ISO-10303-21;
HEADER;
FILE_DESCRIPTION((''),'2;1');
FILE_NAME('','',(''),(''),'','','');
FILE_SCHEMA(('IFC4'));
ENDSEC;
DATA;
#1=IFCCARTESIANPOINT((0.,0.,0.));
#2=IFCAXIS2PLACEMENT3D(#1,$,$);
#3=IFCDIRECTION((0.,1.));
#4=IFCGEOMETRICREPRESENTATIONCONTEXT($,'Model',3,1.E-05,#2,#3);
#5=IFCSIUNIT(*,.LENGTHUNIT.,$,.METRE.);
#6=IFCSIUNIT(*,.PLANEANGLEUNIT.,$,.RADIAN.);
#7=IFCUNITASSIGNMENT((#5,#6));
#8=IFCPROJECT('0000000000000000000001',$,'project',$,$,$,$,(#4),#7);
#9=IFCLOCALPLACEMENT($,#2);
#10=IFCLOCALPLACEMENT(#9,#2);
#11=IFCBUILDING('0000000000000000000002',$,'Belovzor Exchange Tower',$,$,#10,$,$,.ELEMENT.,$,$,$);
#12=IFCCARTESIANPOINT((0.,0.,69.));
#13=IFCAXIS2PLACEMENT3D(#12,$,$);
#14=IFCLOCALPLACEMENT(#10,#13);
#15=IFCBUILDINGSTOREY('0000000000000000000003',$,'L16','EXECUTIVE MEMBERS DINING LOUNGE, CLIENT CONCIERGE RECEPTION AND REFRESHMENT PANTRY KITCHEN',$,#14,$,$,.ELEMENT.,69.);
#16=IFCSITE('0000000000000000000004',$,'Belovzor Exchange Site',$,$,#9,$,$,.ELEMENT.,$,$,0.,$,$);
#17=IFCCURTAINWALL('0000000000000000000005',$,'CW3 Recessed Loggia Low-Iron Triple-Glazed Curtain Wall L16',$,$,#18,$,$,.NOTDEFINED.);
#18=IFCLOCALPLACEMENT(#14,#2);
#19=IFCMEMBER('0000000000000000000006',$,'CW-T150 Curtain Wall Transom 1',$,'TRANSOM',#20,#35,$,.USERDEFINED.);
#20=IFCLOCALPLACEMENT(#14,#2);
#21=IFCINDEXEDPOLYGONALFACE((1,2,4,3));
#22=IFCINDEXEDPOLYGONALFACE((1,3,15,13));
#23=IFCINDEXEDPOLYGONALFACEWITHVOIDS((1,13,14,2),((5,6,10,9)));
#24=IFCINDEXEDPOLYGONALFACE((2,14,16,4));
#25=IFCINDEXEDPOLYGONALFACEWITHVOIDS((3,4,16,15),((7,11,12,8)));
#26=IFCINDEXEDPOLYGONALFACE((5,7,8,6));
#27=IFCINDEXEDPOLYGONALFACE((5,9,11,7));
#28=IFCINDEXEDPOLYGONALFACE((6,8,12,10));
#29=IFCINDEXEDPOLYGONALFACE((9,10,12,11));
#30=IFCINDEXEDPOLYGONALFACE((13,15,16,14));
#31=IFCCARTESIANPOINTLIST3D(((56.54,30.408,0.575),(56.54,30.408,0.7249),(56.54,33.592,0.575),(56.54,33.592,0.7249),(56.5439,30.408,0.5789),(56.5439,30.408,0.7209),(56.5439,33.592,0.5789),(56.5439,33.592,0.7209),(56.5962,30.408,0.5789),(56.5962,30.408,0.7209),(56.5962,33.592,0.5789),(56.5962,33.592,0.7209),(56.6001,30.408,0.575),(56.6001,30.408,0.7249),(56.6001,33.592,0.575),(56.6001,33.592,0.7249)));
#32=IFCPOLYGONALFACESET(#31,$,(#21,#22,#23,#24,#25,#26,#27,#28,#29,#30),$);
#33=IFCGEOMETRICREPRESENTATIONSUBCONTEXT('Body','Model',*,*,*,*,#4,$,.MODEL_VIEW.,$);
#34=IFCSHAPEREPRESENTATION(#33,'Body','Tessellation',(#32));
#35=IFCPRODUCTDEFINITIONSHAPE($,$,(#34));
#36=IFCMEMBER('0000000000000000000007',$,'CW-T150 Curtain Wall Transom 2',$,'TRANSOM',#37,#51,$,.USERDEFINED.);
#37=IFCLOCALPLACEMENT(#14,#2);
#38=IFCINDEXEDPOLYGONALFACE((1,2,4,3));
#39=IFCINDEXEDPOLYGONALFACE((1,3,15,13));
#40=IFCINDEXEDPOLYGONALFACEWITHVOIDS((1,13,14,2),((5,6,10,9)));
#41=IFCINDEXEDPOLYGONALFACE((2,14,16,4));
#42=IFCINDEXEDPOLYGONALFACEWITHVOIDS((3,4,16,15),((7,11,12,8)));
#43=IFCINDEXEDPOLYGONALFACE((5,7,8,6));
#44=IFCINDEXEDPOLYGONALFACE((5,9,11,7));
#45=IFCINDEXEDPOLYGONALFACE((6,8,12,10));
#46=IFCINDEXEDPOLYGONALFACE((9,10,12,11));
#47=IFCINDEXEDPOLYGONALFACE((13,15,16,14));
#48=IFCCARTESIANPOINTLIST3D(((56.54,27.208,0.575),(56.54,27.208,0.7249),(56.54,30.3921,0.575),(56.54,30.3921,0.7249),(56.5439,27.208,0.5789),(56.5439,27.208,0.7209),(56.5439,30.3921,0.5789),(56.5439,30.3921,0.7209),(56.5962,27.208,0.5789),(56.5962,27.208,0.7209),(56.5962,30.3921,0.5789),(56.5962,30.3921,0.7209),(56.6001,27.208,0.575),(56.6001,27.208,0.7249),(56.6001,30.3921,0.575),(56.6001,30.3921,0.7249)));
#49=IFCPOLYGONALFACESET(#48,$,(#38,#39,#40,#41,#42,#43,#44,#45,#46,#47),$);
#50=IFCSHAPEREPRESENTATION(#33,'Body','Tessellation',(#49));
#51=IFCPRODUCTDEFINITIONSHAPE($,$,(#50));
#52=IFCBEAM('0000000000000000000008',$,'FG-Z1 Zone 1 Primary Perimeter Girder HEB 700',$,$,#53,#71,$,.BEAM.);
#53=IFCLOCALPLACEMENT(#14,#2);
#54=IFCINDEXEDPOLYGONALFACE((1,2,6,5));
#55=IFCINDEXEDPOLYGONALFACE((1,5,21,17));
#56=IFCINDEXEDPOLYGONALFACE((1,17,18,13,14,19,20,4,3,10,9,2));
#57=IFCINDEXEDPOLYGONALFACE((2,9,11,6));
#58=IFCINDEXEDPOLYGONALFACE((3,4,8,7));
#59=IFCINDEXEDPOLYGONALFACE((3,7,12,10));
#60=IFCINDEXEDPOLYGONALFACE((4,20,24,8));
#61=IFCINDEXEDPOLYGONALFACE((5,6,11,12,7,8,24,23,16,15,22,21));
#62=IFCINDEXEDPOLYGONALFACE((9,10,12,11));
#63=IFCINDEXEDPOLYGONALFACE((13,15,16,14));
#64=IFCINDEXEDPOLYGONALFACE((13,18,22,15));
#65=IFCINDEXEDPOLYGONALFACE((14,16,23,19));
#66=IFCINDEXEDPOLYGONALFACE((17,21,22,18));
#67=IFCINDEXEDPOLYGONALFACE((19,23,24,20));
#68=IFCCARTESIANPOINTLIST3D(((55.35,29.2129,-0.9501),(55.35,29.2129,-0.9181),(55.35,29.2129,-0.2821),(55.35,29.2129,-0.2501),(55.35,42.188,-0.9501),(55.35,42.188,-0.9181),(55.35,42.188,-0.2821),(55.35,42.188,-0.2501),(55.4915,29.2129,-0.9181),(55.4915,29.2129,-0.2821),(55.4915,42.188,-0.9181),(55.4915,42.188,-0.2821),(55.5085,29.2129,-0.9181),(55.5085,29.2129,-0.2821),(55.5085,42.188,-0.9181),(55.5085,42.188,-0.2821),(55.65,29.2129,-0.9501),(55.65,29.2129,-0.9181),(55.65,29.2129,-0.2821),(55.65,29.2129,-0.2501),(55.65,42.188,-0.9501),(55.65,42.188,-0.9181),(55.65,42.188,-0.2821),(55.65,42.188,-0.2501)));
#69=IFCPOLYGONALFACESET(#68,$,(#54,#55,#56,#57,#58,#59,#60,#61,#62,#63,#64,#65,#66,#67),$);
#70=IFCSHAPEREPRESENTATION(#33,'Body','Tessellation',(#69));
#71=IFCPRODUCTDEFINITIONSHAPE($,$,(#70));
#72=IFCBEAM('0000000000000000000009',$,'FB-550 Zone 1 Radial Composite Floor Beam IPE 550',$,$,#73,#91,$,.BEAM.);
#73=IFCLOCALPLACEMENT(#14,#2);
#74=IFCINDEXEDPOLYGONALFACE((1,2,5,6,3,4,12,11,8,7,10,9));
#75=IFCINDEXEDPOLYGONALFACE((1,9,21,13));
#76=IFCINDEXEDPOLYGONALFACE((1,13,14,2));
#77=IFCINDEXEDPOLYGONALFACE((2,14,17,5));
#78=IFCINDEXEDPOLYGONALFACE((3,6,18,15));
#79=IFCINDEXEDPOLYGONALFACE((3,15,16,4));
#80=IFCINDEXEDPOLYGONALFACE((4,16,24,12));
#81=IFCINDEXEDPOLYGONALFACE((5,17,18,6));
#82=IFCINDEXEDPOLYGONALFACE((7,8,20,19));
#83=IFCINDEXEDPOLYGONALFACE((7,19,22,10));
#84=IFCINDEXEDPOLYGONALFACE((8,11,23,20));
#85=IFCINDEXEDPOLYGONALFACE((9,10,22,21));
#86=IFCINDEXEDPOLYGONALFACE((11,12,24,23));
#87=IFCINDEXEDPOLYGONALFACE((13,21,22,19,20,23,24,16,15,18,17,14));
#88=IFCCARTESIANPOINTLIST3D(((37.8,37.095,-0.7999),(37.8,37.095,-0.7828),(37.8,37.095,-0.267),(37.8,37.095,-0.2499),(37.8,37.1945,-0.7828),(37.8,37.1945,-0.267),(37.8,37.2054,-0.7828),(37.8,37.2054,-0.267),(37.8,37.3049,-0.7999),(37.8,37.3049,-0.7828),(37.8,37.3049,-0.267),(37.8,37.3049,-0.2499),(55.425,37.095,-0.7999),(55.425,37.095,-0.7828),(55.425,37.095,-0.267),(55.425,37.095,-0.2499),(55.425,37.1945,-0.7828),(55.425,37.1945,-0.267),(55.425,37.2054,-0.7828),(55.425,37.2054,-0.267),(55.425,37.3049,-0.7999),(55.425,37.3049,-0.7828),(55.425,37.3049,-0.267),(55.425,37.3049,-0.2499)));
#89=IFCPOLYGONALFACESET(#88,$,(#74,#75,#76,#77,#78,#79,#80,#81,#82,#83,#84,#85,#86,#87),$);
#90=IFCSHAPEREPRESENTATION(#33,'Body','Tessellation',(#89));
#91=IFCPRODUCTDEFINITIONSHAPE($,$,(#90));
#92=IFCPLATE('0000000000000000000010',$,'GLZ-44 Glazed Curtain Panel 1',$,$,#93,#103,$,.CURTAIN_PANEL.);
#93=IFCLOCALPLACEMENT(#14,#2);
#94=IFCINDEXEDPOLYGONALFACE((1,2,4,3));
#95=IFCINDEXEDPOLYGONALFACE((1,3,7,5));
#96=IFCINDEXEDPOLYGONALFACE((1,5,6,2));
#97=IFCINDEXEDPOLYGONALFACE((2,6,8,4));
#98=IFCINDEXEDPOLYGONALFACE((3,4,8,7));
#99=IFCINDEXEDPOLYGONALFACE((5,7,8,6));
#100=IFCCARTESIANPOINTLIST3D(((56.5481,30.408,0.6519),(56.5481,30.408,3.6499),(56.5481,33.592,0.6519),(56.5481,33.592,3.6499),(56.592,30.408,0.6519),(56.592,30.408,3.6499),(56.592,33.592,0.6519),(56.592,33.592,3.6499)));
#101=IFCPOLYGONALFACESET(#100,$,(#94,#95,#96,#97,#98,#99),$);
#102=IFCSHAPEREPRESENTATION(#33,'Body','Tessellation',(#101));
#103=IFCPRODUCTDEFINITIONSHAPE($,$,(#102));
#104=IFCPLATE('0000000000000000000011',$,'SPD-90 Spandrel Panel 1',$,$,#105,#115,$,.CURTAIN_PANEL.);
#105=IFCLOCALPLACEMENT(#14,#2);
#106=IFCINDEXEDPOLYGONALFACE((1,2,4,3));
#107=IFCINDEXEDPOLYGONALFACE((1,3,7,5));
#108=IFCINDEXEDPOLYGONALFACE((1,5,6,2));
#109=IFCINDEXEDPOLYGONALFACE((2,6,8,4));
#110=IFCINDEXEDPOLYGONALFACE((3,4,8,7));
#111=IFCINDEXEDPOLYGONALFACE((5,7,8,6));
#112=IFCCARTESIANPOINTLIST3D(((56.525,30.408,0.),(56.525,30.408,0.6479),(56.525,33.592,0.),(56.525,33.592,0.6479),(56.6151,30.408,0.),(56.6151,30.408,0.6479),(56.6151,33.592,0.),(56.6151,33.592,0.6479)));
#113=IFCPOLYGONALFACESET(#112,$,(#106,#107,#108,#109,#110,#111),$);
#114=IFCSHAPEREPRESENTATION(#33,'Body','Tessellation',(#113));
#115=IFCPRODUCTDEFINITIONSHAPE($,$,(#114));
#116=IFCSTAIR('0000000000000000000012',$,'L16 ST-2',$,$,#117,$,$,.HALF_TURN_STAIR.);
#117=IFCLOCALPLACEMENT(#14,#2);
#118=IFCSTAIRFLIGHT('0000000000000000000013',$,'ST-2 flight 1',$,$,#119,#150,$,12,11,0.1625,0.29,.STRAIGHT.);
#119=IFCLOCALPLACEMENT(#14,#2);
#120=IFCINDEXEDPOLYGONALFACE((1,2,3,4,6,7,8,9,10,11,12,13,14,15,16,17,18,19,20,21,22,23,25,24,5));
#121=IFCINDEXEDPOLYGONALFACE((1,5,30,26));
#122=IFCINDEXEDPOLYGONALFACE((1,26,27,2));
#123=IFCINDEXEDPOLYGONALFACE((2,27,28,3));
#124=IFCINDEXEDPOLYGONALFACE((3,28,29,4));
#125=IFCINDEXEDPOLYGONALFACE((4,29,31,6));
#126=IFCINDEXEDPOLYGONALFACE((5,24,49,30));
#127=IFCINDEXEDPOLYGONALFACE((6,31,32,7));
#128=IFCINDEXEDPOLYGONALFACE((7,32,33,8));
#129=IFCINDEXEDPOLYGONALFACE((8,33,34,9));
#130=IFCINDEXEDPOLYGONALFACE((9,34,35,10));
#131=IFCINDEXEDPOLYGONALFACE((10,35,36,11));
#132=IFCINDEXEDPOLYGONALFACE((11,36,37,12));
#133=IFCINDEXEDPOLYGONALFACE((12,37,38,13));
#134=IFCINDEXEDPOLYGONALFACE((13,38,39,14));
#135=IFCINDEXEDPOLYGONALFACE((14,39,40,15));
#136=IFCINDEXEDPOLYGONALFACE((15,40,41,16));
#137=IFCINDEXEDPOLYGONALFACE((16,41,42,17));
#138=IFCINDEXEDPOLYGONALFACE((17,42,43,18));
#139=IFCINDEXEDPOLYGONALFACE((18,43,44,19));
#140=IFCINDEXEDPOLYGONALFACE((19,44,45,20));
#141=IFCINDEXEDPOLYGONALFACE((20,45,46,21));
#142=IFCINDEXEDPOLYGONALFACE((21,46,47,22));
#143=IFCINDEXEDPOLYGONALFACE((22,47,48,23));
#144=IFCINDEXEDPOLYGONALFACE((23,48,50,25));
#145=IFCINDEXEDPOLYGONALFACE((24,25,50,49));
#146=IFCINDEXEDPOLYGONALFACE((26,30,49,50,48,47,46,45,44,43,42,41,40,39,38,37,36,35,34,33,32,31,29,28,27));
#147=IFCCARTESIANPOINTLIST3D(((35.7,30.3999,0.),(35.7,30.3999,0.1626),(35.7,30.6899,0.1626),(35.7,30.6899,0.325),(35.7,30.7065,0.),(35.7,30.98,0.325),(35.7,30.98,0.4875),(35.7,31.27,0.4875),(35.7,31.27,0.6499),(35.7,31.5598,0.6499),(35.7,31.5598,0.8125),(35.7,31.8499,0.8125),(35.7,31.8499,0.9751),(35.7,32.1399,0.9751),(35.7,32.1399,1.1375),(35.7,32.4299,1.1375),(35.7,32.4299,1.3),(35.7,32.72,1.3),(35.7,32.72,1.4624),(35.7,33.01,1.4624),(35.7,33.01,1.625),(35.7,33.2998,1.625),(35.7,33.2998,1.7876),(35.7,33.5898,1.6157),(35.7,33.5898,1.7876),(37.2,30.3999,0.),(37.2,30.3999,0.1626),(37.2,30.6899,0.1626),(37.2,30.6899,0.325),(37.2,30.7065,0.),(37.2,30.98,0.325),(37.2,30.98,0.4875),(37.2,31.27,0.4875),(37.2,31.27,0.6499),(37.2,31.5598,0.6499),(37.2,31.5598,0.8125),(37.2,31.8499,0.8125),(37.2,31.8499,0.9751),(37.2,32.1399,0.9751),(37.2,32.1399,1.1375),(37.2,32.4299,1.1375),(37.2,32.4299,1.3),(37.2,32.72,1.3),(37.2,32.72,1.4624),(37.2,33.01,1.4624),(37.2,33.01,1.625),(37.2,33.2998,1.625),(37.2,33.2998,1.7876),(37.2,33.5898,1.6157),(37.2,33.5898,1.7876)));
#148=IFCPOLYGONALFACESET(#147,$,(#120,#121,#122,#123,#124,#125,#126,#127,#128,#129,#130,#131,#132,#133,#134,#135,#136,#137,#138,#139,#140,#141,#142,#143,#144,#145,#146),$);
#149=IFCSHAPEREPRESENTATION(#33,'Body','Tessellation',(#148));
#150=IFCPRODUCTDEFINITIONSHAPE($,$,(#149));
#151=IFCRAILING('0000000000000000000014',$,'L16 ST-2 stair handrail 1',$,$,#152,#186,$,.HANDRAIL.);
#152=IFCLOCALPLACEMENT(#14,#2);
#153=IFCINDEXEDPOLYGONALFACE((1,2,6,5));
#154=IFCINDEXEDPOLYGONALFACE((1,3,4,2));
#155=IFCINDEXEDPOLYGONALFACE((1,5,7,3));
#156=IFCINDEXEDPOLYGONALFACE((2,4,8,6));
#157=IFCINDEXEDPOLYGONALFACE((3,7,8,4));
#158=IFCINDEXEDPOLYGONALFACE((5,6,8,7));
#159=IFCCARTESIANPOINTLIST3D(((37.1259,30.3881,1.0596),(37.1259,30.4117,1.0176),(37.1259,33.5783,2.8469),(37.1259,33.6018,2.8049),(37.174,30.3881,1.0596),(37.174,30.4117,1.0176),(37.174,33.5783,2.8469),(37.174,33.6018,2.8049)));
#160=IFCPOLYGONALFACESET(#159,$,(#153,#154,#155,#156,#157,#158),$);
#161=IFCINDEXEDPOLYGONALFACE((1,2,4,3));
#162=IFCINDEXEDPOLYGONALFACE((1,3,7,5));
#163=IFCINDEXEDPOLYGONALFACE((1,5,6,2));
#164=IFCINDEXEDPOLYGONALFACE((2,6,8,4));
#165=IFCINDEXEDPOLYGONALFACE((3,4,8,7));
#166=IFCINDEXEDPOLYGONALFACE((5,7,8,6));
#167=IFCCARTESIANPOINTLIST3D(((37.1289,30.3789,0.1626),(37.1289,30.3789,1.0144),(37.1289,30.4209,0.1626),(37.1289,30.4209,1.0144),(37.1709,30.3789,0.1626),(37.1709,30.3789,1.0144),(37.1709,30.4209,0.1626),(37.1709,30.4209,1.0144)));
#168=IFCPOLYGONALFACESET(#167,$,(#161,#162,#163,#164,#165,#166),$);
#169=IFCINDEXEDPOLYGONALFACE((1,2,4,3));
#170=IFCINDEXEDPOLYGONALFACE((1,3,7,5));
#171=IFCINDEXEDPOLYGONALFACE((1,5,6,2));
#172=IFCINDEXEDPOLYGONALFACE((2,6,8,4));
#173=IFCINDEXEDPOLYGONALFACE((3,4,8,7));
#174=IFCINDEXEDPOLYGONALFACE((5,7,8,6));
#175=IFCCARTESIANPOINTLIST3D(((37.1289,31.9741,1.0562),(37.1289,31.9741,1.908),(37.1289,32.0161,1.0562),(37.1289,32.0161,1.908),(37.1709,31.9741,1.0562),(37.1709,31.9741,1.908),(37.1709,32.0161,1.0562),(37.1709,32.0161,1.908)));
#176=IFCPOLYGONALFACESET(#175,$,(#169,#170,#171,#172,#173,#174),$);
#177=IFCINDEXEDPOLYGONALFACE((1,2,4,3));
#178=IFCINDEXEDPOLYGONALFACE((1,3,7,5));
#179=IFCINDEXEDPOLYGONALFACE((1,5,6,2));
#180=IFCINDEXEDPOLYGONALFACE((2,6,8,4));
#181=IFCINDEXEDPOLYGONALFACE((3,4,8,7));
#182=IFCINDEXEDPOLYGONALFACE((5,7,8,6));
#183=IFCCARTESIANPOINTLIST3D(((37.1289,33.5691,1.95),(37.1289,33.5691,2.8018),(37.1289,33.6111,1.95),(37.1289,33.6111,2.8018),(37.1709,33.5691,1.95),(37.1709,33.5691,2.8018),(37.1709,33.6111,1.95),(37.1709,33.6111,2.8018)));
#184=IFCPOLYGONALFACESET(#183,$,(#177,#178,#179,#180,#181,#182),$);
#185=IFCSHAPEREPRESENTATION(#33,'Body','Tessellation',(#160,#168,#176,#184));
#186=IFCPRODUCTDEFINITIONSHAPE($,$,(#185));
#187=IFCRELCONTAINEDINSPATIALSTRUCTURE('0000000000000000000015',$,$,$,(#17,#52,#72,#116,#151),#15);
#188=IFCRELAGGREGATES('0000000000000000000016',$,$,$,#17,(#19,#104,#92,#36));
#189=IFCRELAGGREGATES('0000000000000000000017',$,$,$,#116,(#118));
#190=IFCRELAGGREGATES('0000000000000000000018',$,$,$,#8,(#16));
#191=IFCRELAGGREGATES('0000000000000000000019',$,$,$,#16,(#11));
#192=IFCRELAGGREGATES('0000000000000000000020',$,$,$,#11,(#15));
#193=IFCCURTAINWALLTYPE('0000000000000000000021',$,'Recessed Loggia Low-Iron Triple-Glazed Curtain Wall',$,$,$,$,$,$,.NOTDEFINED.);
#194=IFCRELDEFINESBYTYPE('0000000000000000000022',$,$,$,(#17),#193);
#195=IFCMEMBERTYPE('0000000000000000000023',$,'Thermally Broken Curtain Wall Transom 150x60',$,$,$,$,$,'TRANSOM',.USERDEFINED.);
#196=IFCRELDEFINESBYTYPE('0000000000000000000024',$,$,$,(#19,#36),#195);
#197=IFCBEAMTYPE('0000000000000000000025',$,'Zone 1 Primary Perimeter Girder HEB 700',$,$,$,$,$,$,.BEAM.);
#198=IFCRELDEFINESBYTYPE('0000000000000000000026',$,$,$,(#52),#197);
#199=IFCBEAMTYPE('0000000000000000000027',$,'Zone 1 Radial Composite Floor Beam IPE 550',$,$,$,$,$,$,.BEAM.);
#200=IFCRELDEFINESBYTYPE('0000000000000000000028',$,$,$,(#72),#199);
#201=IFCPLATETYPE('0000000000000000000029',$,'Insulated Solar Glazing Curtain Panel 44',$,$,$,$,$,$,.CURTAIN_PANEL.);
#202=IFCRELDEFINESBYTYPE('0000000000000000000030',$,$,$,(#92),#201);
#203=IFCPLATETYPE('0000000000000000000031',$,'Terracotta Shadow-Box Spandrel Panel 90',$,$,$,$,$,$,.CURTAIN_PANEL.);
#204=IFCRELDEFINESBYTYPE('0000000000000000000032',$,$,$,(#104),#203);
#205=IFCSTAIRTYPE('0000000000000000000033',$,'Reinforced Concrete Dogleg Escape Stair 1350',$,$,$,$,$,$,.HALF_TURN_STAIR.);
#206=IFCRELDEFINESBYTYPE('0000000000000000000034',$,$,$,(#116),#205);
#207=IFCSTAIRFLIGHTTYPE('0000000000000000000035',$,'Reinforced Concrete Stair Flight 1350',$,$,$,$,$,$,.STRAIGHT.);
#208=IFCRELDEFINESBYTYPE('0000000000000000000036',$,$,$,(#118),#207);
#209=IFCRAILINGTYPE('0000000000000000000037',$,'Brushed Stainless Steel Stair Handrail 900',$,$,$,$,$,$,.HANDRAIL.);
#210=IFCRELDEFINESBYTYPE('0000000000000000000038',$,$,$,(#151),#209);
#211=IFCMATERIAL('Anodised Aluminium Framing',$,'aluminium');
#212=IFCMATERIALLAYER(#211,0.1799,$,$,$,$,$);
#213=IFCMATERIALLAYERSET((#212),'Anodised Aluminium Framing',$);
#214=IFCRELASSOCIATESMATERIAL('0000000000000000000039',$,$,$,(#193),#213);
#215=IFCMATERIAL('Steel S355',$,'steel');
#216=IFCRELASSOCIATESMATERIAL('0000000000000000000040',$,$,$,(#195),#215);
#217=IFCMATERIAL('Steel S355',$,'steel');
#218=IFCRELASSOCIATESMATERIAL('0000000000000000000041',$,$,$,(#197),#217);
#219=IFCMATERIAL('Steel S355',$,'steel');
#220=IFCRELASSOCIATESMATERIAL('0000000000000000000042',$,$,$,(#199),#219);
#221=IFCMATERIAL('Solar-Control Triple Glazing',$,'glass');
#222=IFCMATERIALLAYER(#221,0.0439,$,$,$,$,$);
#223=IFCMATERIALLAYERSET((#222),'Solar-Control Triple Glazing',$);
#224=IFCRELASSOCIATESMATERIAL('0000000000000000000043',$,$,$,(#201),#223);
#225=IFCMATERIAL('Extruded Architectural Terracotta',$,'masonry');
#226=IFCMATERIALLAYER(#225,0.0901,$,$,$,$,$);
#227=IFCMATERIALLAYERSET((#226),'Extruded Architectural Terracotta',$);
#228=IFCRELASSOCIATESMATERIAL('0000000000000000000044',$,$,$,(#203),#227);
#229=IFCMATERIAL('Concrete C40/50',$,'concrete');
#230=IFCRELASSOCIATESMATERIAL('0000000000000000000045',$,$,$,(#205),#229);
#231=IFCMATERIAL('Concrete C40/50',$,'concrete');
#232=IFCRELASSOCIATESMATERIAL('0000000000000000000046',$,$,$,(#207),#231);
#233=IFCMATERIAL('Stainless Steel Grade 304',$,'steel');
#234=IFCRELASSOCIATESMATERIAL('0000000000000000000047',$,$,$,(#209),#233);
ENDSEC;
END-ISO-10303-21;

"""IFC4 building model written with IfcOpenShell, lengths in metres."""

from ifc_helpers import new_model, si_unit, direction, frame, origin, origin_2d, place, context, subcontext, project, spatial, polyline, rectangle, hollow_rectangle, i_section, outline, extrude, material, layer, layer_set, material_profile, profile_set, type_object, element, aggregate, save


model = new_model("IFC4")

# Units and contexts
model_context = context("Model", 3, precision=1e-05, world=origin(), true_north=direction((0.0, 1.0)))
body_context = subcontext(model_context, "Body", "Model", "MODEL_VIEW")
ifc_project = project(units=[si_unit("LENGTHUNIT", "METRE"), si_unit("PLANEANGLEUNIT", "RADIAN")], contexts=[model_context])

# Site, building, storey
site_placement = place(None, origin())
site = spatial("IfcSite", under=ifc_project, at=site_placement, Name="Belovzor Exchange Site", CompositionType="ELEMENT", RefElevation=0.0)
building_placement = place(site_placement, origin())
building = spatial("IfcBuilding", under=site, at=building_placement, Name="Belovzor Exchange Tower", CompositionType="ELEMENT")
storey_placement = place(building_placement, frame((0.0, 0.0, 69.0)))
storey = spatial("IfcBuildingStorey", under=building, at=storey_placement, Name="L16", Description="EXECUTIVE MEMBERS DINING LOUNGE, CLIENT CONCIERGE RECEPTION AND REFRESHMENT PANTRY KITCHEN", CompositionType="ELEMENT", Elevation=69.0)

# Curtain wall, members
ifc_material_1 = material(Name="Anodised Aluminium Framing", Category="aluminium")
ifc_layer_1 = layer(ifc_material_1, 0.1799)
ifc_layer_set_1 = layer_set([ifc_layer_1], Name="Anodised Aluminium Framing")
curtain_wall_type = type_object("IfcCurtainWallType", Name="Recessed Loggia Low-Iron Triple-Glazed Curtain Wall", PredefinedType="NOTDEFINED", material=ifc_layer_set_1)
curtain_wall_placement = place(storey_placement, origin())
curtain_wall = element("IfcCurtainWall", 1, at=curtain_wall_placement, inside=storey, type_object=curtain_wall_type, Name="CW3 Recessed Loggia Low-Iron Triple-Glazed Curtain Wall L16", PredefinedType="NOTDEFINED")
ifc_material_2 = material(Name="Steel S355", Category="steel")
ifc_material_profile_1 = material_profile(ifc_material_2, hollow_rectangle(XDim=0.0601, YDim=0.1499, WallThickness=0.0039, at=origin_2d()))
ifc_profile_set_1 = profile_set([ifc_material_profile_1], Name="Steel S355")
member_type_1 = type_object("IfcMemberType", Name="Thermally Broken Curtain Wall Transom 150x60", ElementType="TRANSOM", PredefinedType="USERDEFINED", material=ifc_profile_set_1)
member_1_placement = place(storey_placement, frame((56.5701, 33.592, 0.6499), z_axis=(0.0, -1.0, 0.0), x_axis=(1.0, 0.0, 0.0)))
member_1 = element("IfcMember", 2, at=member_1_placement, type_object=member_type_1, Name="CW-T150 Curtain Wall Transom 1", ObjectType="TRANSOM", PredefinedType="USERDEFINED", context=body_context, shape_type="SweptSolid", body=[
    extrude(hollow_rectangle(XDim=0.0601, YDim=0.1499, WallThickness=0.0039, at=origin_2d()), origin(), (0.0, 0.0, 1.0), 3.1841),
])
member_2_placement = place(storey_placement, frame((56.5701, 30.3921, 0.6499), z_axis=(0.0, -1.0, 0.0), x_axis=(1.0, 0.0, 0.0)))
member_2 = element("IfcMember", 3, at=member_2_placement, type_object=member_type_1, Name="CW-T150 Curtain Wall Transom 2", ObjectType="TRANSOM", PredefinedType="USERDEFINED", context=body_context, shape_type="SweptSolid", body=[
    extrude(hollow_rectangle(XDim=0.0601, YDim=0.1499, WallThickness=0.0039, at=origin_2d()), origin(), (0.0, 0.0, 1.0), 3.1841),
])

# Beams
ifc_material_3 = material(Name="Steel S355", Category="steel")
ifc_material_profile_2 = material_profile(ifc_material_3, i_section(OverallWidth=0.3, OverallDepth=0.7, WebThickness=0.0171, FlangeThickness=0.032, at=origin_2d()))
ifc_profile_set_2 = profile_set([ifc_material_profile_2], Name="Steel S355")
beam_type_1 = type_object("IfcBeamType", Name="Zone 1 Primary Perimeter Girder HEB 700", PredefinedType="BEAM", material=ifc_profile_set_2)
beam_1_placement = place(storey_placement, frame((55.5, 29.2129, -0.6001), z_axis=(0.0, 1.0, 0.0), x_axis=(-1.0, 0.0, 0.0)))
element("IfcBeam", 4, at=beam_1_placement, inside=storey, type_object=beam_type_1, Name="FG-Z1 Zone 1 Primary Perimeter Girder HEB 700", PredefinedType="BEAM", context=body_context, shape_type="SweptSolid", body=[
    extrude(i_section(OverallWidth=0.3, OverallDepth=0.7, WebThickness=0.0171, FlangeThickness=0.032, at=origin_2d()), origin(), (0.0, 0.0, 1.0), 12.9751),
])
ifc_material_4 = material(Name="Steel S355", Category="steel")
ifc_material_profile_3 = material_profile(ifc_material_4, i_section(OverallWidth=0.21, OverallDepth=0.55, WebThickness=0.011, FlangeThickness=0.0171, at=origin_2d()))
ifc_profile_set_3 = profile_set([ifc_material_profile_3], Name="Steel S355")
beam_type_2 = type_object("IfcBeamType", Name="Zone 1 Radial Composite Floor Beam IPE 550", PredefinedType="BEAM", material=ifc_profile_set_3)
beam_2_placement = place(storey_placement, frame((37.8, 37.2, -0.5249), z_axis=(1.0, 0.0, 0.0), x_axis=(0.0, 1.0, 0.0)))
element("IfcBeam", 5, at=beam_2_placement, inside=storey, type_object=beam_type_2, Name="FB-550 Zone 1 Radial Composite Floor Beam IPE 550", PredefinedType="BEAM", context=body_context, shape_type="SweptSolid", body=[
    extrude(i_section(OverallWidth=0.21, OverallDepth=0.55, WebThickness=0.011, FlangeThickness=0.0171, at=origin_2d()), origin(), (0.0, 0.0, 1.0), 17.625),
])

# Plates
ifc_material_5 = material(Name="Solar-Control Triple Glazing", Category="glass")
ifc_layer_2 = layer(ifc_material_5, 0.0439)
ifc_layer_set_2 = layer_set([ifc_layer_2], Name="Solar-Control Triple Glazing")
plate_type_1 = type_object("IfcPlateType", Name="Insulated Solar Glazing Curtain Panel 44", PredefinedType="CURTAIN_PANEL", material=ifc_layer_set_2)
plate_1_placement = place(storey_placement, frame((56.5701, 32.0, 0.6519), z_axis=(0.0, 0.0, 1.0), x_axis=(0.0, -1.0, 0.0)))
plate_1 = element("IfcPlate", 6, at=plate_1_placement, type_object=plate_type_1, Name="GLZ-44 Glazed Curtain Panel 1", PredefinedType="CURTAIN_PANEL", context=body_context, shape_type="SweptSolid", body=[
    extrude(rectangle(XDim=3.1841, YDim=0.0439, at=origin_2d()), origin(), (0.0, 0.0, 1.0), 2.998),
])
ifc_material_6 = material(Name="Extruded Architectural Terracotta", Category="masonry")
ifc_layer_3 = layer(ifc_material_6, 0.0901)
ifc_layer_set_3 = layer_set([ifc_layer_3], Name="Extruded Architectural Terracotta")
plate_type_2 = type_object("IfcPlateType", Name="Terracotta Shadow-Box Spandrel Panel 90", PredefinedType="CURTAIN_PANEL", material=ifc_layer_set_3)
plate_2_placement = place(storey_placement, frame((56.5701, 32.0, 0.0), z_axis=(0.0, 0.0, 1.0), x_axis=(0.0, -1.0, 0.0)))
plate_2 = element("IfcPlate", 7, at=plate_2_placement, type_object=plate_type_2, Name="SPD-90 Spandrel Panel 1", PredefinedType="CURTAIN_PANEL", context=body_context, shape_type="SweptSolid", body=[
    extrude(rectangle(XDim=3.1841, YDim=0.0901, at=origin_2d()), origin(), (0.0, 0.0, 1.0), 0.6479),
])
aggregate(curtain_wall, [member_1, plate_2, plate_1, member_2])

# Stair, stair flight
ifc_material_7 = material(Name="Concrete C40/50", Category="concrete")
stair_type = type_object("IfcStairType", Name="Reinforced Concrete Dogleg Escape Stair 1350", PredefinedType="HALF_TURN_STAIR", material=ifc_material_7)
stair_placement = place(storey_placement, origin())
stair = element("IfcStair", 8, at=stair_placement, inside=storey, type_object=stair_type, Name="L16 ST-2", PredefinedType="HALF_TURN_STAIR")
ifc_material_8 = material(Name="Concrete C40/50", Category="concrete")
stair_flight_type = type_object("IfcStairFlightType", Name="Reinforced Concrete Stair Flight 1350", PredefinedType="STRAIGHT", material=ifc_material_8)
stair_flight_placement = place(storey_placement, frame((36.45, 30.3999, 0.0), z_axis=(0.0, 0.0, 1.0), x_axis=(0.0, 1.0, 0.0)))
stair_flight = element("IfcStairFlight", 9, at=stair_flight_placement, type_object=stair_flight_type, Name="ST-2 flight 1", NumberOfRisers=12, NumberOfTreads=11, PredefinedType="STRAIGHT", RiserHeight=0.1625, TreadLength=0.29, context=body_context, shape_type="SweptSolid", body=[
    extrude(outline(polyline([(0.0, 0.0), (0.0, 0.1626), (0.29, 0.1626), (0.29, 0.325), (0.5801, 0.325), (0.5801, 0.4875), (0.8701, 0.4875), (0.8701, 0.6499), (1.1599, 0.6499), (1.1599, 0.8125), (1.45, 0.8125), (1.45, 0.9751), (1.74, 0.9751), (1.74, 1.1375), (2.03, 1.1375), (2.03, 1.3), (2.3201, 1.3), (2.3201, 1.4624), (2.6101, 1.4624), (2.6101, 1.625), (2.8999, 1.625), (2.8999, 1.7876), (3.1899, 1.7876), (3.1899, 1.95), (3.1899, 1.6157), (0.3066, 0.0), (0.0, 0.0)])), frame((0.0, 0.75, 0.0), z_axis=(0.0, -1.0, 0.0), x_axis=(1.0, 0.0, 0.0)), (0.0, 0.0, 1.0), 1.5),
])
aggregate(stair, [stair_flight])

# Railing
ifc_material_9 = material(Name="Stainless Steel Grade 304", Category="steel")
railing_type_1 = type_object("IfcRailingType", Name="Brushed Stainless Steel Stair Handrail 900", PredefinedType="HANDRAIL", material=ifc_material_9)
railing_1_placement = place(storey_placement, frame((37.1499, 30.3999, 0.1626)))
element("IfcRailing", 10, at=railing_1_placement, inside=storey, type_object=railing_type_1, Name="L16 ST-2 stair handrail 1", PredefinedType="HANDRAIL", context=body_context, shape_type="SweptSolid", body=[
    extrude(rectangle(XDim=0.0481, YDim=0.0481, at=origin_2d()), frame((0.0, 0.0, 0.876), z_axis=(0.0, 0.872407, 0.48878), x_axis=(-1.0, 0.0, 0.0)), (0.0, 0.0, 1.0), 3.6567),
    extrude(rectangle(XDim=0.042, YDim=0.042, at=origin_2d()), origin(), (0.0, 0.0, 1.0), 0.8518),
    extrude(rectangle(XDim=0.042, YDim=0.042, at=origin_2d()), frame((0.0, 1.5952, 0.8936)), (0.0, 0.0, 1.0), 0.8518),
    extrude(rectangle(XDim=0.042, YDim=0.042, at=origin_2d()), frame((0.0, 3.1902, 1.7874)), (0.0, 0.0, 1.0), 0.8518),
])

save(model, "model.ifc")
